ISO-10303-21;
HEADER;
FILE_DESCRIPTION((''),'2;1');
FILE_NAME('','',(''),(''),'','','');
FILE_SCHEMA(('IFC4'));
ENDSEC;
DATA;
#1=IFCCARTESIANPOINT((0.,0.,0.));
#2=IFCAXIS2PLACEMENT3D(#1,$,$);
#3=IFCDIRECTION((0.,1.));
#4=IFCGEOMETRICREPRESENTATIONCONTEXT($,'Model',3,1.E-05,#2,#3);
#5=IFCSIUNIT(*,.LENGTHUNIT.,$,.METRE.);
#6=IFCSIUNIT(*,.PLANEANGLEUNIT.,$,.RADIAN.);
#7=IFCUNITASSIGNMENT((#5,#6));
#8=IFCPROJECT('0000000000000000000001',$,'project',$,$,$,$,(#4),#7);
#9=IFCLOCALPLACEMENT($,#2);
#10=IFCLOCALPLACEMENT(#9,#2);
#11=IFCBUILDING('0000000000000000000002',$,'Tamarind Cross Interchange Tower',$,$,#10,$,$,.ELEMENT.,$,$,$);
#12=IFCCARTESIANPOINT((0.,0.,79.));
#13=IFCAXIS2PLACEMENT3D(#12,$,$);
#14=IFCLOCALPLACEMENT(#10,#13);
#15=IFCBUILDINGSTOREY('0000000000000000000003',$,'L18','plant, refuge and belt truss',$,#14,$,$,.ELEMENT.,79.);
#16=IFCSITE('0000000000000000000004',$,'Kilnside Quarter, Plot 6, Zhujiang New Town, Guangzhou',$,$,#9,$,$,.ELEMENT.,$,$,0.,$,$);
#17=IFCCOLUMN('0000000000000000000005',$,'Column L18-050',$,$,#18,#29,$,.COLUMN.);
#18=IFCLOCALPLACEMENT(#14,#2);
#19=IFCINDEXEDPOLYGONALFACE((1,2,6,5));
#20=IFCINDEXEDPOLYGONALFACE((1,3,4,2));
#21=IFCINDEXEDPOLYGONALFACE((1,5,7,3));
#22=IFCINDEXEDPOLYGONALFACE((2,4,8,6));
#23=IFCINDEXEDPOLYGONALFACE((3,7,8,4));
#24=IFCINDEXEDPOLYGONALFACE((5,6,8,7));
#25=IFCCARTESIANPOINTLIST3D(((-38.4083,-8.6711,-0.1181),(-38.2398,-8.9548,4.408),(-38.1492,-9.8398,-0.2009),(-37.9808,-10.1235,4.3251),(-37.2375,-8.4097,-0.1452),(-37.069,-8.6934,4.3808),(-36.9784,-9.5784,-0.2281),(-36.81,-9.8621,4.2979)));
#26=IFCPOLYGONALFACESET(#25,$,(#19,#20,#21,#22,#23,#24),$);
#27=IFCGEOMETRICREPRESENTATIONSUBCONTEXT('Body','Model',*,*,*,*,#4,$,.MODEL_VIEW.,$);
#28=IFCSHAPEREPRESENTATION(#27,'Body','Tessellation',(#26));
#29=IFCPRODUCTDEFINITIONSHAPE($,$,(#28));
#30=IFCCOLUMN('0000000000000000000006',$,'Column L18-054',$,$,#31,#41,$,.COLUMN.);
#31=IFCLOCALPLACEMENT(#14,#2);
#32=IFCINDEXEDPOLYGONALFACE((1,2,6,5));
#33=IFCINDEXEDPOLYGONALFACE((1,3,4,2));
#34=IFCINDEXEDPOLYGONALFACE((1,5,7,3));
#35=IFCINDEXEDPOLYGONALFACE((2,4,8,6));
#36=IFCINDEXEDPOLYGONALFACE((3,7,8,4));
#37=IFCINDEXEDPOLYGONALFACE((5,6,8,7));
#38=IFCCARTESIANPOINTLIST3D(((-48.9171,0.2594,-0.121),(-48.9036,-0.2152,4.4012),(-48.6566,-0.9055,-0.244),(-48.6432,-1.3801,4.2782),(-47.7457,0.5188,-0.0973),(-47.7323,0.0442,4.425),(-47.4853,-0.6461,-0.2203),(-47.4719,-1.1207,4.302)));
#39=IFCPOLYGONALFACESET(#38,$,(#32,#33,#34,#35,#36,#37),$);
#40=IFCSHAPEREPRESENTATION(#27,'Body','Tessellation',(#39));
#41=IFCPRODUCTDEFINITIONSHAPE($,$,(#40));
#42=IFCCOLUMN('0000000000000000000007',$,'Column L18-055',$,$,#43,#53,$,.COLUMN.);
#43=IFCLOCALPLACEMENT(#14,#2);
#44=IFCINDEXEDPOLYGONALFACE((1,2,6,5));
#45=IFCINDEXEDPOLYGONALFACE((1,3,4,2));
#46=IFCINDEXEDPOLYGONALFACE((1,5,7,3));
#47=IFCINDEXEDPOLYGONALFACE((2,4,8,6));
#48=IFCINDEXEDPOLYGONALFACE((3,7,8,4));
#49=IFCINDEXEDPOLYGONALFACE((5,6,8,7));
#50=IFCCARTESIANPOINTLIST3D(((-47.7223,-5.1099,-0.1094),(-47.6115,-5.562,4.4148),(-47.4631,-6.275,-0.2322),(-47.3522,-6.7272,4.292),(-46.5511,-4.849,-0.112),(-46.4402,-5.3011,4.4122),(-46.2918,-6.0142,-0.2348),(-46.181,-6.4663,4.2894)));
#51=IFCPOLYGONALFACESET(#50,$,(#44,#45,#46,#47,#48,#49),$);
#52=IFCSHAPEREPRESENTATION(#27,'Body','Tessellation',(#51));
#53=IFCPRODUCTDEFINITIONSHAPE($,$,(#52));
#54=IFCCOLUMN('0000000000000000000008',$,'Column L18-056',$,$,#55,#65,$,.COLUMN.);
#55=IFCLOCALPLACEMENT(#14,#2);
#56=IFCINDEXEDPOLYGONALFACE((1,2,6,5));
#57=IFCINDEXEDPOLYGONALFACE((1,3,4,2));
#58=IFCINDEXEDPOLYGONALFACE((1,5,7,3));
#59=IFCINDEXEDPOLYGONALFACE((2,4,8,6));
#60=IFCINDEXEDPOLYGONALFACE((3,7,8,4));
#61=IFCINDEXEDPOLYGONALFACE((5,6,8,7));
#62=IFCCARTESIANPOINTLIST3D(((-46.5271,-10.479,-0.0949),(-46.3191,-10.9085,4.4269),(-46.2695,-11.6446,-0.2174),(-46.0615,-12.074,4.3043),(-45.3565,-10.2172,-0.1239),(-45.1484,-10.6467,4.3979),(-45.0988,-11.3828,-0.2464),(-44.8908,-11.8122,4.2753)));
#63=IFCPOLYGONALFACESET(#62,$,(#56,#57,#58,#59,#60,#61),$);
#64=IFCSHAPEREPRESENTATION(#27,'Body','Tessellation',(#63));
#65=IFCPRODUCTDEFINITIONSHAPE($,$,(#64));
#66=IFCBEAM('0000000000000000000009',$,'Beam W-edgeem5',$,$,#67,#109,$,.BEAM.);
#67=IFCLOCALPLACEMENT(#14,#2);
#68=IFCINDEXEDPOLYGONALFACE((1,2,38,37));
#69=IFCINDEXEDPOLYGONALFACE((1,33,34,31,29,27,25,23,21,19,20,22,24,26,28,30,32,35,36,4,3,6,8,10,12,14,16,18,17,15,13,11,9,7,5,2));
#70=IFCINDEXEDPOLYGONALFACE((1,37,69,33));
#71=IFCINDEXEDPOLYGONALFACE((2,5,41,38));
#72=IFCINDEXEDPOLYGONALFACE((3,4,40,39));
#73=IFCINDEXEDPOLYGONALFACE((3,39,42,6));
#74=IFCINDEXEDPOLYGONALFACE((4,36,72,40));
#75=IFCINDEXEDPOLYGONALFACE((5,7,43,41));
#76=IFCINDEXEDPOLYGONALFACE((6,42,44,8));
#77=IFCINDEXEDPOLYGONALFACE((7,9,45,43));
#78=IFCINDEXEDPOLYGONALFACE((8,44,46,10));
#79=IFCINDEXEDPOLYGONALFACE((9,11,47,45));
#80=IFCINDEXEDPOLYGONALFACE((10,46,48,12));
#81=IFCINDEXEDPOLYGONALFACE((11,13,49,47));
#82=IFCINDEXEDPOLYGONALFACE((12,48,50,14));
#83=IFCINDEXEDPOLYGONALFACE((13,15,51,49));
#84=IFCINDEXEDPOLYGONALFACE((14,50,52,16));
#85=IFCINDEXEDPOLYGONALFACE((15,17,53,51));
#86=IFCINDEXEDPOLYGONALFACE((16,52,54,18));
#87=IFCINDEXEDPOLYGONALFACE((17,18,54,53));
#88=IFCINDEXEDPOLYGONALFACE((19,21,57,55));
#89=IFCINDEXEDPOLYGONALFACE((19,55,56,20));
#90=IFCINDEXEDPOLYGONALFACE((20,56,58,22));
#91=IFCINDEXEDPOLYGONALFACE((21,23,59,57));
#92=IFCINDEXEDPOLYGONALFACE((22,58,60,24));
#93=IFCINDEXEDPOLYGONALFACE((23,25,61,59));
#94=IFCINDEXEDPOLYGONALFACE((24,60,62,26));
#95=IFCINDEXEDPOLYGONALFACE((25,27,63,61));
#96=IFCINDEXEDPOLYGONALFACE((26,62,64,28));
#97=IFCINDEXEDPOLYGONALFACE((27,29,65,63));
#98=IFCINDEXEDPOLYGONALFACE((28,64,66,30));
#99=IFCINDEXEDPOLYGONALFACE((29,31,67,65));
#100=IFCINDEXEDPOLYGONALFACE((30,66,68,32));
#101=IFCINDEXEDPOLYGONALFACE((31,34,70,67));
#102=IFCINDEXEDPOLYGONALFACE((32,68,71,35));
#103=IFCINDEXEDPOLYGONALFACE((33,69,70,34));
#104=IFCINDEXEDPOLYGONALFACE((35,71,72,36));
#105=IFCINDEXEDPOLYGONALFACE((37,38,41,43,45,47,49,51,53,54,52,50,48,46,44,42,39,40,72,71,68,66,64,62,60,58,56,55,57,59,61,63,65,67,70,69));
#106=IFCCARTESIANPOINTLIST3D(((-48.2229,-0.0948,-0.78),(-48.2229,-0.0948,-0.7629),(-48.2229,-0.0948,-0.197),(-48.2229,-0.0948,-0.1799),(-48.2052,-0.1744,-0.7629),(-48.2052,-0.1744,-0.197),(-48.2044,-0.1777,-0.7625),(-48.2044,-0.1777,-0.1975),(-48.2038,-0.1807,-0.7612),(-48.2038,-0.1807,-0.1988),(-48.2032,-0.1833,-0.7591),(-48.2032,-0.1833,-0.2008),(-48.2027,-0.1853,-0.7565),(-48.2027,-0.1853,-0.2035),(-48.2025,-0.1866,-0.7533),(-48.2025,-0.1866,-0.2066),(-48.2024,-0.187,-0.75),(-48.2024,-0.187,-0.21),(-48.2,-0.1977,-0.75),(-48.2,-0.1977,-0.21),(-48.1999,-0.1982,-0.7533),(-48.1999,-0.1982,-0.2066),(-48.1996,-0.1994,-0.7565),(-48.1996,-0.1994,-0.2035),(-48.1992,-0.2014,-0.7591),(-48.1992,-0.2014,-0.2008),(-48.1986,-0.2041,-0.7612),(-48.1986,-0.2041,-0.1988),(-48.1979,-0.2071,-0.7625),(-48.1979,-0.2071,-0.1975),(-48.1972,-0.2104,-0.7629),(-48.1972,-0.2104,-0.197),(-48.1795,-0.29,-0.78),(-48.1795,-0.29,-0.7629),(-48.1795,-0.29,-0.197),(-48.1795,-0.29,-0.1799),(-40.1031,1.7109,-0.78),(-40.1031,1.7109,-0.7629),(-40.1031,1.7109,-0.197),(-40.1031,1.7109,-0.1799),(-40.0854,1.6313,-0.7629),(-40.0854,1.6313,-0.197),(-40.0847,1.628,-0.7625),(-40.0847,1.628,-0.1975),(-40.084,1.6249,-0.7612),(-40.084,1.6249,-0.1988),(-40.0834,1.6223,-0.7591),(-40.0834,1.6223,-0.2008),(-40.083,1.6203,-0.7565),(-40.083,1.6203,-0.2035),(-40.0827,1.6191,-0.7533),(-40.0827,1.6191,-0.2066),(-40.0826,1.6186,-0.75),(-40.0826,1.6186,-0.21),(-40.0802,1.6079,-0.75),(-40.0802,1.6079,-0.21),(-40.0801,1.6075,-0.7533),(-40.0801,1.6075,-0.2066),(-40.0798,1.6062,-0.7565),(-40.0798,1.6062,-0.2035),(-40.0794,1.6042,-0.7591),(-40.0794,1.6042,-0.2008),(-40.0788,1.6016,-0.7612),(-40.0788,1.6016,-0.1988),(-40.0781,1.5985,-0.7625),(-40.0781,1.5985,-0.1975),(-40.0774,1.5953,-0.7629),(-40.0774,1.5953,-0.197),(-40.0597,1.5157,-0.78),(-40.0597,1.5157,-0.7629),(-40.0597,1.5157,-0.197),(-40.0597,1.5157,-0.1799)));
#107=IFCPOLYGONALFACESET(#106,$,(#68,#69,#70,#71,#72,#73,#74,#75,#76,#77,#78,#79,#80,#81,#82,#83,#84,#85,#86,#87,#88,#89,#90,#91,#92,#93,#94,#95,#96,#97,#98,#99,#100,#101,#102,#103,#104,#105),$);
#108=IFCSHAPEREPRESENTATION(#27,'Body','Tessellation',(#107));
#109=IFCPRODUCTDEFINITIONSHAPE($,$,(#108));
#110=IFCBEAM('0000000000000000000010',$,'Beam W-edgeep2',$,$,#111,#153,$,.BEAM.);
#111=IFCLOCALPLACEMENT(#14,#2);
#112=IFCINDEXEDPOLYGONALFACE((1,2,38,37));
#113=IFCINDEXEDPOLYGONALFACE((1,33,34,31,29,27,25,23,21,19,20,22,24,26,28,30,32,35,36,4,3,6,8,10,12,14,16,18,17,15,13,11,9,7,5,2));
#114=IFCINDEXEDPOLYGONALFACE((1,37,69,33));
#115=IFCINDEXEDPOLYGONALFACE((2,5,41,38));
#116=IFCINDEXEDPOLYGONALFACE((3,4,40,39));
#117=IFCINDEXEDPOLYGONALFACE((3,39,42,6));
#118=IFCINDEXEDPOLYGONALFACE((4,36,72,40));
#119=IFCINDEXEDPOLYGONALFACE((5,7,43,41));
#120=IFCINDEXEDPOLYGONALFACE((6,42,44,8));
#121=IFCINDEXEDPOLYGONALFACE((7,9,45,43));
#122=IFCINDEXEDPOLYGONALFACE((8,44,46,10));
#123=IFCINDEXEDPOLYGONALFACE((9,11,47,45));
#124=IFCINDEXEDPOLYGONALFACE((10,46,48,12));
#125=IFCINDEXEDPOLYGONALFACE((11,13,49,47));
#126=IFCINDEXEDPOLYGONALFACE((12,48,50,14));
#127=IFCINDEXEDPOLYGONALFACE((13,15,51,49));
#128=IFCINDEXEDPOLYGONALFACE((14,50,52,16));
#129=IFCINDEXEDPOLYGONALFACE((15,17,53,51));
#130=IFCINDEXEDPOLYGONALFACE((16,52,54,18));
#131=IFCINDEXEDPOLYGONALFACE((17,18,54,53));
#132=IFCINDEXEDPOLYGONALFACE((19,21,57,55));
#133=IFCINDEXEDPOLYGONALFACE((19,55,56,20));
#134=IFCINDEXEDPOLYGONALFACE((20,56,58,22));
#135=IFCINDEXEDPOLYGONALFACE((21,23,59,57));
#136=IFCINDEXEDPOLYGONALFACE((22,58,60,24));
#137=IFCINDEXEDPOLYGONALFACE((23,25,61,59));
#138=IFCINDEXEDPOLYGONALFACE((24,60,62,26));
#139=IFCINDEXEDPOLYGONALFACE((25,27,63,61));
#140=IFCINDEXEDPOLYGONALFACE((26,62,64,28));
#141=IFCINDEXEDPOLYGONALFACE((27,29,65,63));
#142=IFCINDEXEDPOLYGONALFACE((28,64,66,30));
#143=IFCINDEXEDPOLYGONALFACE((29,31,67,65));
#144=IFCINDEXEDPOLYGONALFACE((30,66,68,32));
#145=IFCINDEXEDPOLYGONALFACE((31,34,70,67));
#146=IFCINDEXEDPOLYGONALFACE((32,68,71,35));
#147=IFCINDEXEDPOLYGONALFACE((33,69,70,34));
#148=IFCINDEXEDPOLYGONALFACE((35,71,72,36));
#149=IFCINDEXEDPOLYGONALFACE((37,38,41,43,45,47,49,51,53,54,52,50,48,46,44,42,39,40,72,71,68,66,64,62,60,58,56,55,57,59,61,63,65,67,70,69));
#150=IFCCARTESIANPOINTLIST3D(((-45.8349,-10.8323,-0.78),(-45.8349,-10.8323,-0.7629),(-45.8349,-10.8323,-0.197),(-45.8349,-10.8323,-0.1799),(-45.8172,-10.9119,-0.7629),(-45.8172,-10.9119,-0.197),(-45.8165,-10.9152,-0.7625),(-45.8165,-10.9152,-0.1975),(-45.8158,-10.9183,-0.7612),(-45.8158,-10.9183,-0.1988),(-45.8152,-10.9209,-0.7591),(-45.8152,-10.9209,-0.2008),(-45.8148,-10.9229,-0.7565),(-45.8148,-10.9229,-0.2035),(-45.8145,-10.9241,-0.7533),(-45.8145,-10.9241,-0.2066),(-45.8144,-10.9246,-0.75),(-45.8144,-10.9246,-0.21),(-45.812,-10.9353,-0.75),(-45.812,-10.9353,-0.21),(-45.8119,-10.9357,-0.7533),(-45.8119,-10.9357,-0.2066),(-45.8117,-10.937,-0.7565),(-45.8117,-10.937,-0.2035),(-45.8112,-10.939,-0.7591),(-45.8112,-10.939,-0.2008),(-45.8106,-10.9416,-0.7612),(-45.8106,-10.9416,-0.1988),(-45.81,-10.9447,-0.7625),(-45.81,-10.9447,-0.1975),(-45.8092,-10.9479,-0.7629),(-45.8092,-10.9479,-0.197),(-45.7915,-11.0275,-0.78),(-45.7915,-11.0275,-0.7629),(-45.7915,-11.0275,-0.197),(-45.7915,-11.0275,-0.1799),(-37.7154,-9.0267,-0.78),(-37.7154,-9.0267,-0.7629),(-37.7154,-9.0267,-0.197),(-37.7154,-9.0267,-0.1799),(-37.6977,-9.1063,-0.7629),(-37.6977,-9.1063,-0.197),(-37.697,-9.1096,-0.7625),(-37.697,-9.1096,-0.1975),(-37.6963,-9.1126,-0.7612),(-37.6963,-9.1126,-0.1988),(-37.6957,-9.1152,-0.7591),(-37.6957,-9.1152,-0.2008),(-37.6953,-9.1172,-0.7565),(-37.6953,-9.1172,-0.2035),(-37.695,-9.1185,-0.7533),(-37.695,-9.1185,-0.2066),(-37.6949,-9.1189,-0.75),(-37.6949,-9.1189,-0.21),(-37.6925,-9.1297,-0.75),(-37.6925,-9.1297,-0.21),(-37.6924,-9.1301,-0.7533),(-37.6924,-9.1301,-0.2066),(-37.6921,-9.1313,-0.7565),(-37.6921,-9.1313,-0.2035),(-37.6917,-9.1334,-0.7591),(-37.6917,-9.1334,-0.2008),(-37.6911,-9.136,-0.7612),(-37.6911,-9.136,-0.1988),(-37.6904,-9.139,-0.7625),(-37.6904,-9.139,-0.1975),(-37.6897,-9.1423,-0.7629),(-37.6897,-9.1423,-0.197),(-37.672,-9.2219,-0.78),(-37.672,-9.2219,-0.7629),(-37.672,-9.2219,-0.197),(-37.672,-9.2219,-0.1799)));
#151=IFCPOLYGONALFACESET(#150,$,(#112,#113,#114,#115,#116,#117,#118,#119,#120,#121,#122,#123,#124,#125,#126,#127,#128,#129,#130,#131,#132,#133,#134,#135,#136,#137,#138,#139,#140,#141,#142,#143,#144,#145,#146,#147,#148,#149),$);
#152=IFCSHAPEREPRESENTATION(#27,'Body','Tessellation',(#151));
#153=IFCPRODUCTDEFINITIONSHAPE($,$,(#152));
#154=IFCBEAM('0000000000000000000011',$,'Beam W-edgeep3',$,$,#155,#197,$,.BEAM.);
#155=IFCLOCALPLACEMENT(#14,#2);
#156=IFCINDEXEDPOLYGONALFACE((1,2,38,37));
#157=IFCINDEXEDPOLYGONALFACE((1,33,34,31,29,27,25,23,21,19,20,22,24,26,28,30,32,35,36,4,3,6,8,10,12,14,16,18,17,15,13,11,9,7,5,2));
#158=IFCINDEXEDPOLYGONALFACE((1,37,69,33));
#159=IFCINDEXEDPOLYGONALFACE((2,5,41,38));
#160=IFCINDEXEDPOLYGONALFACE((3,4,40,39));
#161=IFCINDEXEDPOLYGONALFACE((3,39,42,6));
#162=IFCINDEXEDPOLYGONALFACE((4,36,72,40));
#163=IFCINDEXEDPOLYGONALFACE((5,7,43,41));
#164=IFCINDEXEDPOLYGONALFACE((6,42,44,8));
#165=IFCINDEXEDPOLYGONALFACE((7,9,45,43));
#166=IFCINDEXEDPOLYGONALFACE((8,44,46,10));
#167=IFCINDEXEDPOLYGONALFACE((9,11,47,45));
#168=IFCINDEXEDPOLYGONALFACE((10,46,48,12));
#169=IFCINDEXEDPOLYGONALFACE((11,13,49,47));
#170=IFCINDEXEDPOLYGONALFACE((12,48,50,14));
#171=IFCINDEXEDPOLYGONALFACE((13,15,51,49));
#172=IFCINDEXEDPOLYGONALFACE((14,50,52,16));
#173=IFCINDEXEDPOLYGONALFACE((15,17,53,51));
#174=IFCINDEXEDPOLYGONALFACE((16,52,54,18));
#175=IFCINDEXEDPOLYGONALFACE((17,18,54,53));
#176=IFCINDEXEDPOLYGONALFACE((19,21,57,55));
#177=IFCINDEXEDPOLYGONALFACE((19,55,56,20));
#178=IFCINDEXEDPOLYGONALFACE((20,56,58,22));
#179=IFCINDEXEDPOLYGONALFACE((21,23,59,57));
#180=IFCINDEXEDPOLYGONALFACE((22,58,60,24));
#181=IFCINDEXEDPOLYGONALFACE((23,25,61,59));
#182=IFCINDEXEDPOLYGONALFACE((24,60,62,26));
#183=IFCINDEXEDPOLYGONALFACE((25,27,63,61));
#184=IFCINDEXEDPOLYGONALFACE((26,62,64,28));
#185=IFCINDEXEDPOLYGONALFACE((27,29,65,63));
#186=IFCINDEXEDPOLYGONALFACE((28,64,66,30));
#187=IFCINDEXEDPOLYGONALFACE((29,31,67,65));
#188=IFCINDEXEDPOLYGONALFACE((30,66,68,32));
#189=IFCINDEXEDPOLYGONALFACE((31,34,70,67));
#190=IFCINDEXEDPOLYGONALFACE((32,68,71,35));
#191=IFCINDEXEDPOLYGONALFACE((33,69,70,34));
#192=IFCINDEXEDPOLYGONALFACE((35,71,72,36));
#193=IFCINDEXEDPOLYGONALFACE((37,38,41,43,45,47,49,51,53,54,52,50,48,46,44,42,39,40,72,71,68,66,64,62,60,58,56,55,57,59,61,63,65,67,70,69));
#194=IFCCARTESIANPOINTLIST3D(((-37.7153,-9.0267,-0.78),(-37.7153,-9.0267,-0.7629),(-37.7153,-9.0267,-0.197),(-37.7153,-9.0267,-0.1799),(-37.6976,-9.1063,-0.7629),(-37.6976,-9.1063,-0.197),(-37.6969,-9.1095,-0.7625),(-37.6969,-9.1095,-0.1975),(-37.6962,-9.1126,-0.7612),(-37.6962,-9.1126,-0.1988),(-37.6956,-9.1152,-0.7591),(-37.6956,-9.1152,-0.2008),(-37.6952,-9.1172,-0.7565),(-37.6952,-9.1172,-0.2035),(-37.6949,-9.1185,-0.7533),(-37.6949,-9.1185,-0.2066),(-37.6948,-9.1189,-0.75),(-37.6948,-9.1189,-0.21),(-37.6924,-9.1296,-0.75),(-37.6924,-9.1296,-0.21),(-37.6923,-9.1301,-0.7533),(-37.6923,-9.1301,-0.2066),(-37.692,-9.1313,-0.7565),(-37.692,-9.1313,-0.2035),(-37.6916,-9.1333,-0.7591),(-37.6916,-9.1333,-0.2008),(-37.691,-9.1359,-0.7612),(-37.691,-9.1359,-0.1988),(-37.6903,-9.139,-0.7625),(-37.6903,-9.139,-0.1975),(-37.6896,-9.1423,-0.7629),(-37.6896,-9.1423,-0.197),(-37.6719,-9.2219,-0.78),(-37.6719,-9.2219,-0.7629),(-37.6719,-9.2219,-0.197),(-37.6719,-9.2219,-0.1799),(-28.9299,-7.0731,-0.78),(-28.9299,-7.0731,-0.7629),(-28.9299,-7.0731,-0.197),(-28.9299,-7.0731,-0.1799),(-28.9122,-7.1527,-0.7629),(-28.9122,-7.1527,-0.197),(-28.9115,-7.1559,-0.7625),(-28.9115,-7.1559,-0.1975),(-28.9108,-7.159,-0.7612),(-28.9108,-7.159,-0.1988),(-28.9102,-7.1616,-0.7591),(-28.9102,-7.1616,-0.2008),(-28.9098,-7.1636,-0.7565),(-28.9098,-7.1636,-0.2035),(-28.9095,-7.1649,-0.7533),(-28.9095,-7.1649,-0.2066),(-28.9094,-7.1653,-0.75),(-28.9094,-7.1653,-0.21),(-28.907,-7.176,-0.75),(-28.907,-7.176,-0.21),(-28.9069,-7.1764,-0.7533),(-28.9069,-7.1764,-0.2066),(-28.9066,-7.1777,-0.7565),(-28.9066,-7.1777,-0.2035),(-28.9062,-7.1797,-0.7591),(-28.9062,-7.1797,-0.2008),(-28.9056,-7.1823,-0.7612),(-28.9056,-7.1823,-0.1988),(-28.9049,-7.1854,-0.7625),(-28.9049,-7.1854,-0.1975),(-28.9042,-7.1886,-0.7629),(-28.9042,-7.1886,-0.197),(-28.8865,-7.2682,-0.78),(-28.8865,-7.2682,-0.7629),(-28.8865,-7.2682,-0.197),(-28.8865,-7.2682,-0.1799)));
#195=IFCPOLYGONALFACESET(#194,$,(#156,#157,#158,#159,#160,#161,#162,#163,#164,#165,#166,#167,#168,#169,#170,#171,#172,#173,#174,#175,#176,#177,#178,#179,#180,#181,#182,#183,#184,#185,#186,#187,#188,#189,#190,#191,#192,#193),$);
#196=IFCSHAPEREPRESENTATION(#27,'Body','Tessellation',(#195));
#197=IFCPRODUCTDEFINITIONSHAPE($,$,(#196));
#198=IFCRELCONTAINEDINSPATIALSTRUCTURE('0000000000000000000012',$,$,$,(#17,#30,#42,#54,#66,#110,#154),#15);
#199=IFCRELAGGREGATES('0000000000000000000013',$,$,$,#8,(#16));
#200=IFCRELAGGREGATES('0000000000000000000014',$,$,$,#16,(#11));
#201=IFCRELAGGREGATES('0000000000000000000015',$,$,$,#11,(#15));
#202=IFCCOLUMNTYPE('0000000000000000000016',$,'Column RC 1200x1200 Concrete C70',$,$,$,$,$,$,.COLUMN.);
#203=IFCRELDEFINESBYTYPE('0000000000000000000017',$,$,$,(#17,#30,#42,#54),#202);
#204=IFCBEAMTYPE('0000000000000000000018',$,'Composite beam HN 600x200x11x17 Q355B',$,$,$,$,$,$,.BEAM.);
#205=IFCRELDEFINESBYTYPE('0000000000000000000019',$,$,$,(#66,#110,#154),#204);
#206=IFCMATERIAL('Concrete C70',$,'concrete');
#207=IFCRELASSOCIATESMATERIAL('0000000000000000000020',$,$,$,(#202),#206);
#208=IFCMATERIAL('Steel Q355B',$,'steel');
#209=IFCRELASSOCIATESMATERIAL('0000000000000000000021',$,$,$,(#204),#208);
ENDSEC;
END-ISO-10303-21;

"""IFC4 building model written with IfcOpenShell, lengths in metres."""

from ifc_helpers import new_model, si_unit, direction, frame, origin, origin_2d, place, context, subcontext, project, spatial, rectangle, i_section, extrude, material, material_profile, profile_set, type_object, element, save


model = new_model("IFC4")

# Units and contexts
model_context = context("Model", 3, precision=1e-05, world=origin(), true_north=direction((0.0, 1.0)))
body_context = subcontext(model_context, "Body", "Model", "MODEL_VIEW")
ifc_project = project(units=[si_unit("LENGTHUNIT", "METRE"), si_unit("PLANEANGLEUNIT", "RADIAN")], contexts=[model_context])

# Site, building, storey
site_placement = place(None, origin())
site = spatial("IfcSite", under=ifc_project, at=site_placement, Name="Kilnside Quarter, Plot 6, Zhujiang New Town, Guangzhou", CompositionType="ELEMENT", RefElevation=0.0)
building_placement = place(site_placement, origin())
building = spatial("IfcBuilding", under=site, at=building_placement, Name="Tamarind Cross Interchange Tower", CompositionType="ELEMENT")
storey_placement = place(building_placement, frame((0.0, 0.0, 79.0)))
storey = spatial("IfcBuildingStorey", under=building, at=storey_placement, Name="L18", Description="plant, refuge and belt truss", CompositionType="ELEMENT", Elevation=79.0)

# Columns
ifc_material_1 = material(Name="Concrete C70", Category="concrete")
ifc_material_profile_1 = material_profile(ifc_material_1, rectangle(XDim=1.2, YDim=1.2, at=origin_2d()), Name="RC 1200x1200")
ifc_profile_set_1 = profile_set([ifc_material_profile_1], Name="Concrete C70")
column_type = type_object("IfcColumnType", Name="Column RC 1200x1200 Concrete C70", PredefinedType="COLUMN", material=ifc_profile_set_1)
column_1_placement = place(storey_placement, frame((-37.6934, -9.1248, -0.1731), z_axis=(0.03712, -0.062513, 0.997354), x_axis=(-0.215891, 0.973971, 0.069082)))
element("IfcColumn", 1, at=column_1_placement, inside=storey, type_object=column_type, Name="Column L18-050", PredefinedType="COLUMN", context=body_context, shape_type="SweptSolid", body=[
    extrude(rectangle(XDim=1.2, YDim=1.2, at=origin_2d()), origin(), (0.0, 0.0, 1.0), 4.5381),
])
column_2_placement = place(storey_placement, frame((-48.2012, -0.1934, -0.1707), z_axis=(0.002953, -0.104377, 0.994533), x_axis=(0.976156, 0.216165, 0.019788)))
element("IfcColumn", 2, at=column_2_placement, inside=storey, type_object=column_type, Name="Column L18-054", PredefinedType="COLUMN", context=body_context, shape_type="SweptSolid", body=[
    extrude(rectangle(XDim=1.2, YDim=1.2, at=origin_2d()), origin(), (0.0, 0.0, 1.0), 4.5471),
])
column_3_placement = place(storey_placement, frame((-47.0071, -5.562, -0.1721), z_axis=(0.024371, -0.099416, 0.994747), x_axis=(-0.216049, 0.971005, 0.102336)))
element("IfcColumn", 3, at=column_3_placement, inside=storey, type_object=column_type, Name="Column L18-055", PredefinedType="COLUMN", context=body_context, shape_type="SweptSolid", body=[
    extrude(rectangle(XDim=1.2, YDim=1.2, at=origin_2d()), origin(), (0.0, 0.0, 1.0), 4.5481),
])
column_4_placement = place(storey_placement, frame((-45.813, -10.9309, -0.1707), z_axis=(0.045748, -0.094449, 0.994478), x_axis=(-0.21469, 0.971328, 0.102126)))
element("IfcColumn", 4, at=column_4_placement, inside=storey, type_object=column_type, Name="Column L18-056", PredefinedType="COLUMN", context=body_context, shape_type="SweptSolid", body=[
    extrude(rectangle(XDim=1.2, YDim=1.2, at=origin_2d()), origin(), (0.0, 0.0, 1.0), 4.5469),
])

# Beams
ifc_material_2 = material(Name="Steel Q355B", Category="steel")
ifc_material_profile_2 = material_profile(ifc_material_2, i_section(OverallWidth=0.2, OverallDepth=0.6001, WebThickness=0.011, FlangeThickness=0.0171, FilletRadius=0.0129, at=origin_2d()), Name="HN 600x200x11x17")
ifc_profile_set_2 = profile_set([ifc_material_profile_2], Name="Steel Q355B")
beam_type_1 = type_object("IfcBeamType", Name="Composite beam HN 600x200x11x17 Q355B", PredefinedType="BEAM", material=ifc_profile_set_2)
beam_1_placement = place(storey_placement, frame((-48.2012, -0.1924, -0.48), z_axis=(0.976155, 0.217073, 0.0), x_axis=(-0.217073, 0.976155, 0.0)))
element("IfcBeam", 5, at=beam_1_placement, inside=storey, type_object=beam_type_1, Name="Beam W-edgeem5", PredefinedType="BEAM", context=body_context, shape_type="SweptSolid", body=[
    extrude(i_section(OverallWidth=0.2, OverallDepth=0.6001, WebThickness=0.011, FlangeThickness=0.0171, FilletRadius=0.0129, at=origin_2d()), origin(), (0.0, 0.0, 1.0), 8.3181),
])
beam_2_placement = place(storey_placement, frame((-45.8132, -10.9299, -0.48), z_axis=(0.976154, 0.21708, 0.0), x_axis=(-0.21708, 0.976154, 0.0)))
element("IfcBeam", 6, at=beam_2_placement, inside=storey, type_object=beam_type_1, Name="Beam W-edgeep2", PredefinedType="BEAM", context=body_context, shape_type="SweptSolid", body=[
    extrude(i_section(OverallWidth=0.2, OverallDepth=0.6001, WebThickness=0.011, FlangeThickness=0.0171, FilletRadius=0.0129, at=origin_2d()), origin(), (0.0, 0.0, 1.0), 8.3179),
])
beam_3_placement = place(storey_placement, frame((-37.6936, -9.1243, -0.48), z_axis=(0.976156, 0.217068, 0.0), x_axis=(-0.217068, 0.976156, 0.0)))
element("IfcBeam", 7, at=beam_3_placement, inside=storey, type_object=beam_type_1, Name="Beam W-edgeep3", PredefinedType="BEAM", context=body_context, shape_type="SweptSolid", body=[
    extrude(i_section(OverallWidth=0.2, OverallDepth=0.6001, WebThickness=0.011, FlangeThickness=0.0171, FilletRadius=0.0129, at=origin_2d()), origin(), (0.0, 0.0, 1.0), 9.0),
])

save(model, "model.ifc")
